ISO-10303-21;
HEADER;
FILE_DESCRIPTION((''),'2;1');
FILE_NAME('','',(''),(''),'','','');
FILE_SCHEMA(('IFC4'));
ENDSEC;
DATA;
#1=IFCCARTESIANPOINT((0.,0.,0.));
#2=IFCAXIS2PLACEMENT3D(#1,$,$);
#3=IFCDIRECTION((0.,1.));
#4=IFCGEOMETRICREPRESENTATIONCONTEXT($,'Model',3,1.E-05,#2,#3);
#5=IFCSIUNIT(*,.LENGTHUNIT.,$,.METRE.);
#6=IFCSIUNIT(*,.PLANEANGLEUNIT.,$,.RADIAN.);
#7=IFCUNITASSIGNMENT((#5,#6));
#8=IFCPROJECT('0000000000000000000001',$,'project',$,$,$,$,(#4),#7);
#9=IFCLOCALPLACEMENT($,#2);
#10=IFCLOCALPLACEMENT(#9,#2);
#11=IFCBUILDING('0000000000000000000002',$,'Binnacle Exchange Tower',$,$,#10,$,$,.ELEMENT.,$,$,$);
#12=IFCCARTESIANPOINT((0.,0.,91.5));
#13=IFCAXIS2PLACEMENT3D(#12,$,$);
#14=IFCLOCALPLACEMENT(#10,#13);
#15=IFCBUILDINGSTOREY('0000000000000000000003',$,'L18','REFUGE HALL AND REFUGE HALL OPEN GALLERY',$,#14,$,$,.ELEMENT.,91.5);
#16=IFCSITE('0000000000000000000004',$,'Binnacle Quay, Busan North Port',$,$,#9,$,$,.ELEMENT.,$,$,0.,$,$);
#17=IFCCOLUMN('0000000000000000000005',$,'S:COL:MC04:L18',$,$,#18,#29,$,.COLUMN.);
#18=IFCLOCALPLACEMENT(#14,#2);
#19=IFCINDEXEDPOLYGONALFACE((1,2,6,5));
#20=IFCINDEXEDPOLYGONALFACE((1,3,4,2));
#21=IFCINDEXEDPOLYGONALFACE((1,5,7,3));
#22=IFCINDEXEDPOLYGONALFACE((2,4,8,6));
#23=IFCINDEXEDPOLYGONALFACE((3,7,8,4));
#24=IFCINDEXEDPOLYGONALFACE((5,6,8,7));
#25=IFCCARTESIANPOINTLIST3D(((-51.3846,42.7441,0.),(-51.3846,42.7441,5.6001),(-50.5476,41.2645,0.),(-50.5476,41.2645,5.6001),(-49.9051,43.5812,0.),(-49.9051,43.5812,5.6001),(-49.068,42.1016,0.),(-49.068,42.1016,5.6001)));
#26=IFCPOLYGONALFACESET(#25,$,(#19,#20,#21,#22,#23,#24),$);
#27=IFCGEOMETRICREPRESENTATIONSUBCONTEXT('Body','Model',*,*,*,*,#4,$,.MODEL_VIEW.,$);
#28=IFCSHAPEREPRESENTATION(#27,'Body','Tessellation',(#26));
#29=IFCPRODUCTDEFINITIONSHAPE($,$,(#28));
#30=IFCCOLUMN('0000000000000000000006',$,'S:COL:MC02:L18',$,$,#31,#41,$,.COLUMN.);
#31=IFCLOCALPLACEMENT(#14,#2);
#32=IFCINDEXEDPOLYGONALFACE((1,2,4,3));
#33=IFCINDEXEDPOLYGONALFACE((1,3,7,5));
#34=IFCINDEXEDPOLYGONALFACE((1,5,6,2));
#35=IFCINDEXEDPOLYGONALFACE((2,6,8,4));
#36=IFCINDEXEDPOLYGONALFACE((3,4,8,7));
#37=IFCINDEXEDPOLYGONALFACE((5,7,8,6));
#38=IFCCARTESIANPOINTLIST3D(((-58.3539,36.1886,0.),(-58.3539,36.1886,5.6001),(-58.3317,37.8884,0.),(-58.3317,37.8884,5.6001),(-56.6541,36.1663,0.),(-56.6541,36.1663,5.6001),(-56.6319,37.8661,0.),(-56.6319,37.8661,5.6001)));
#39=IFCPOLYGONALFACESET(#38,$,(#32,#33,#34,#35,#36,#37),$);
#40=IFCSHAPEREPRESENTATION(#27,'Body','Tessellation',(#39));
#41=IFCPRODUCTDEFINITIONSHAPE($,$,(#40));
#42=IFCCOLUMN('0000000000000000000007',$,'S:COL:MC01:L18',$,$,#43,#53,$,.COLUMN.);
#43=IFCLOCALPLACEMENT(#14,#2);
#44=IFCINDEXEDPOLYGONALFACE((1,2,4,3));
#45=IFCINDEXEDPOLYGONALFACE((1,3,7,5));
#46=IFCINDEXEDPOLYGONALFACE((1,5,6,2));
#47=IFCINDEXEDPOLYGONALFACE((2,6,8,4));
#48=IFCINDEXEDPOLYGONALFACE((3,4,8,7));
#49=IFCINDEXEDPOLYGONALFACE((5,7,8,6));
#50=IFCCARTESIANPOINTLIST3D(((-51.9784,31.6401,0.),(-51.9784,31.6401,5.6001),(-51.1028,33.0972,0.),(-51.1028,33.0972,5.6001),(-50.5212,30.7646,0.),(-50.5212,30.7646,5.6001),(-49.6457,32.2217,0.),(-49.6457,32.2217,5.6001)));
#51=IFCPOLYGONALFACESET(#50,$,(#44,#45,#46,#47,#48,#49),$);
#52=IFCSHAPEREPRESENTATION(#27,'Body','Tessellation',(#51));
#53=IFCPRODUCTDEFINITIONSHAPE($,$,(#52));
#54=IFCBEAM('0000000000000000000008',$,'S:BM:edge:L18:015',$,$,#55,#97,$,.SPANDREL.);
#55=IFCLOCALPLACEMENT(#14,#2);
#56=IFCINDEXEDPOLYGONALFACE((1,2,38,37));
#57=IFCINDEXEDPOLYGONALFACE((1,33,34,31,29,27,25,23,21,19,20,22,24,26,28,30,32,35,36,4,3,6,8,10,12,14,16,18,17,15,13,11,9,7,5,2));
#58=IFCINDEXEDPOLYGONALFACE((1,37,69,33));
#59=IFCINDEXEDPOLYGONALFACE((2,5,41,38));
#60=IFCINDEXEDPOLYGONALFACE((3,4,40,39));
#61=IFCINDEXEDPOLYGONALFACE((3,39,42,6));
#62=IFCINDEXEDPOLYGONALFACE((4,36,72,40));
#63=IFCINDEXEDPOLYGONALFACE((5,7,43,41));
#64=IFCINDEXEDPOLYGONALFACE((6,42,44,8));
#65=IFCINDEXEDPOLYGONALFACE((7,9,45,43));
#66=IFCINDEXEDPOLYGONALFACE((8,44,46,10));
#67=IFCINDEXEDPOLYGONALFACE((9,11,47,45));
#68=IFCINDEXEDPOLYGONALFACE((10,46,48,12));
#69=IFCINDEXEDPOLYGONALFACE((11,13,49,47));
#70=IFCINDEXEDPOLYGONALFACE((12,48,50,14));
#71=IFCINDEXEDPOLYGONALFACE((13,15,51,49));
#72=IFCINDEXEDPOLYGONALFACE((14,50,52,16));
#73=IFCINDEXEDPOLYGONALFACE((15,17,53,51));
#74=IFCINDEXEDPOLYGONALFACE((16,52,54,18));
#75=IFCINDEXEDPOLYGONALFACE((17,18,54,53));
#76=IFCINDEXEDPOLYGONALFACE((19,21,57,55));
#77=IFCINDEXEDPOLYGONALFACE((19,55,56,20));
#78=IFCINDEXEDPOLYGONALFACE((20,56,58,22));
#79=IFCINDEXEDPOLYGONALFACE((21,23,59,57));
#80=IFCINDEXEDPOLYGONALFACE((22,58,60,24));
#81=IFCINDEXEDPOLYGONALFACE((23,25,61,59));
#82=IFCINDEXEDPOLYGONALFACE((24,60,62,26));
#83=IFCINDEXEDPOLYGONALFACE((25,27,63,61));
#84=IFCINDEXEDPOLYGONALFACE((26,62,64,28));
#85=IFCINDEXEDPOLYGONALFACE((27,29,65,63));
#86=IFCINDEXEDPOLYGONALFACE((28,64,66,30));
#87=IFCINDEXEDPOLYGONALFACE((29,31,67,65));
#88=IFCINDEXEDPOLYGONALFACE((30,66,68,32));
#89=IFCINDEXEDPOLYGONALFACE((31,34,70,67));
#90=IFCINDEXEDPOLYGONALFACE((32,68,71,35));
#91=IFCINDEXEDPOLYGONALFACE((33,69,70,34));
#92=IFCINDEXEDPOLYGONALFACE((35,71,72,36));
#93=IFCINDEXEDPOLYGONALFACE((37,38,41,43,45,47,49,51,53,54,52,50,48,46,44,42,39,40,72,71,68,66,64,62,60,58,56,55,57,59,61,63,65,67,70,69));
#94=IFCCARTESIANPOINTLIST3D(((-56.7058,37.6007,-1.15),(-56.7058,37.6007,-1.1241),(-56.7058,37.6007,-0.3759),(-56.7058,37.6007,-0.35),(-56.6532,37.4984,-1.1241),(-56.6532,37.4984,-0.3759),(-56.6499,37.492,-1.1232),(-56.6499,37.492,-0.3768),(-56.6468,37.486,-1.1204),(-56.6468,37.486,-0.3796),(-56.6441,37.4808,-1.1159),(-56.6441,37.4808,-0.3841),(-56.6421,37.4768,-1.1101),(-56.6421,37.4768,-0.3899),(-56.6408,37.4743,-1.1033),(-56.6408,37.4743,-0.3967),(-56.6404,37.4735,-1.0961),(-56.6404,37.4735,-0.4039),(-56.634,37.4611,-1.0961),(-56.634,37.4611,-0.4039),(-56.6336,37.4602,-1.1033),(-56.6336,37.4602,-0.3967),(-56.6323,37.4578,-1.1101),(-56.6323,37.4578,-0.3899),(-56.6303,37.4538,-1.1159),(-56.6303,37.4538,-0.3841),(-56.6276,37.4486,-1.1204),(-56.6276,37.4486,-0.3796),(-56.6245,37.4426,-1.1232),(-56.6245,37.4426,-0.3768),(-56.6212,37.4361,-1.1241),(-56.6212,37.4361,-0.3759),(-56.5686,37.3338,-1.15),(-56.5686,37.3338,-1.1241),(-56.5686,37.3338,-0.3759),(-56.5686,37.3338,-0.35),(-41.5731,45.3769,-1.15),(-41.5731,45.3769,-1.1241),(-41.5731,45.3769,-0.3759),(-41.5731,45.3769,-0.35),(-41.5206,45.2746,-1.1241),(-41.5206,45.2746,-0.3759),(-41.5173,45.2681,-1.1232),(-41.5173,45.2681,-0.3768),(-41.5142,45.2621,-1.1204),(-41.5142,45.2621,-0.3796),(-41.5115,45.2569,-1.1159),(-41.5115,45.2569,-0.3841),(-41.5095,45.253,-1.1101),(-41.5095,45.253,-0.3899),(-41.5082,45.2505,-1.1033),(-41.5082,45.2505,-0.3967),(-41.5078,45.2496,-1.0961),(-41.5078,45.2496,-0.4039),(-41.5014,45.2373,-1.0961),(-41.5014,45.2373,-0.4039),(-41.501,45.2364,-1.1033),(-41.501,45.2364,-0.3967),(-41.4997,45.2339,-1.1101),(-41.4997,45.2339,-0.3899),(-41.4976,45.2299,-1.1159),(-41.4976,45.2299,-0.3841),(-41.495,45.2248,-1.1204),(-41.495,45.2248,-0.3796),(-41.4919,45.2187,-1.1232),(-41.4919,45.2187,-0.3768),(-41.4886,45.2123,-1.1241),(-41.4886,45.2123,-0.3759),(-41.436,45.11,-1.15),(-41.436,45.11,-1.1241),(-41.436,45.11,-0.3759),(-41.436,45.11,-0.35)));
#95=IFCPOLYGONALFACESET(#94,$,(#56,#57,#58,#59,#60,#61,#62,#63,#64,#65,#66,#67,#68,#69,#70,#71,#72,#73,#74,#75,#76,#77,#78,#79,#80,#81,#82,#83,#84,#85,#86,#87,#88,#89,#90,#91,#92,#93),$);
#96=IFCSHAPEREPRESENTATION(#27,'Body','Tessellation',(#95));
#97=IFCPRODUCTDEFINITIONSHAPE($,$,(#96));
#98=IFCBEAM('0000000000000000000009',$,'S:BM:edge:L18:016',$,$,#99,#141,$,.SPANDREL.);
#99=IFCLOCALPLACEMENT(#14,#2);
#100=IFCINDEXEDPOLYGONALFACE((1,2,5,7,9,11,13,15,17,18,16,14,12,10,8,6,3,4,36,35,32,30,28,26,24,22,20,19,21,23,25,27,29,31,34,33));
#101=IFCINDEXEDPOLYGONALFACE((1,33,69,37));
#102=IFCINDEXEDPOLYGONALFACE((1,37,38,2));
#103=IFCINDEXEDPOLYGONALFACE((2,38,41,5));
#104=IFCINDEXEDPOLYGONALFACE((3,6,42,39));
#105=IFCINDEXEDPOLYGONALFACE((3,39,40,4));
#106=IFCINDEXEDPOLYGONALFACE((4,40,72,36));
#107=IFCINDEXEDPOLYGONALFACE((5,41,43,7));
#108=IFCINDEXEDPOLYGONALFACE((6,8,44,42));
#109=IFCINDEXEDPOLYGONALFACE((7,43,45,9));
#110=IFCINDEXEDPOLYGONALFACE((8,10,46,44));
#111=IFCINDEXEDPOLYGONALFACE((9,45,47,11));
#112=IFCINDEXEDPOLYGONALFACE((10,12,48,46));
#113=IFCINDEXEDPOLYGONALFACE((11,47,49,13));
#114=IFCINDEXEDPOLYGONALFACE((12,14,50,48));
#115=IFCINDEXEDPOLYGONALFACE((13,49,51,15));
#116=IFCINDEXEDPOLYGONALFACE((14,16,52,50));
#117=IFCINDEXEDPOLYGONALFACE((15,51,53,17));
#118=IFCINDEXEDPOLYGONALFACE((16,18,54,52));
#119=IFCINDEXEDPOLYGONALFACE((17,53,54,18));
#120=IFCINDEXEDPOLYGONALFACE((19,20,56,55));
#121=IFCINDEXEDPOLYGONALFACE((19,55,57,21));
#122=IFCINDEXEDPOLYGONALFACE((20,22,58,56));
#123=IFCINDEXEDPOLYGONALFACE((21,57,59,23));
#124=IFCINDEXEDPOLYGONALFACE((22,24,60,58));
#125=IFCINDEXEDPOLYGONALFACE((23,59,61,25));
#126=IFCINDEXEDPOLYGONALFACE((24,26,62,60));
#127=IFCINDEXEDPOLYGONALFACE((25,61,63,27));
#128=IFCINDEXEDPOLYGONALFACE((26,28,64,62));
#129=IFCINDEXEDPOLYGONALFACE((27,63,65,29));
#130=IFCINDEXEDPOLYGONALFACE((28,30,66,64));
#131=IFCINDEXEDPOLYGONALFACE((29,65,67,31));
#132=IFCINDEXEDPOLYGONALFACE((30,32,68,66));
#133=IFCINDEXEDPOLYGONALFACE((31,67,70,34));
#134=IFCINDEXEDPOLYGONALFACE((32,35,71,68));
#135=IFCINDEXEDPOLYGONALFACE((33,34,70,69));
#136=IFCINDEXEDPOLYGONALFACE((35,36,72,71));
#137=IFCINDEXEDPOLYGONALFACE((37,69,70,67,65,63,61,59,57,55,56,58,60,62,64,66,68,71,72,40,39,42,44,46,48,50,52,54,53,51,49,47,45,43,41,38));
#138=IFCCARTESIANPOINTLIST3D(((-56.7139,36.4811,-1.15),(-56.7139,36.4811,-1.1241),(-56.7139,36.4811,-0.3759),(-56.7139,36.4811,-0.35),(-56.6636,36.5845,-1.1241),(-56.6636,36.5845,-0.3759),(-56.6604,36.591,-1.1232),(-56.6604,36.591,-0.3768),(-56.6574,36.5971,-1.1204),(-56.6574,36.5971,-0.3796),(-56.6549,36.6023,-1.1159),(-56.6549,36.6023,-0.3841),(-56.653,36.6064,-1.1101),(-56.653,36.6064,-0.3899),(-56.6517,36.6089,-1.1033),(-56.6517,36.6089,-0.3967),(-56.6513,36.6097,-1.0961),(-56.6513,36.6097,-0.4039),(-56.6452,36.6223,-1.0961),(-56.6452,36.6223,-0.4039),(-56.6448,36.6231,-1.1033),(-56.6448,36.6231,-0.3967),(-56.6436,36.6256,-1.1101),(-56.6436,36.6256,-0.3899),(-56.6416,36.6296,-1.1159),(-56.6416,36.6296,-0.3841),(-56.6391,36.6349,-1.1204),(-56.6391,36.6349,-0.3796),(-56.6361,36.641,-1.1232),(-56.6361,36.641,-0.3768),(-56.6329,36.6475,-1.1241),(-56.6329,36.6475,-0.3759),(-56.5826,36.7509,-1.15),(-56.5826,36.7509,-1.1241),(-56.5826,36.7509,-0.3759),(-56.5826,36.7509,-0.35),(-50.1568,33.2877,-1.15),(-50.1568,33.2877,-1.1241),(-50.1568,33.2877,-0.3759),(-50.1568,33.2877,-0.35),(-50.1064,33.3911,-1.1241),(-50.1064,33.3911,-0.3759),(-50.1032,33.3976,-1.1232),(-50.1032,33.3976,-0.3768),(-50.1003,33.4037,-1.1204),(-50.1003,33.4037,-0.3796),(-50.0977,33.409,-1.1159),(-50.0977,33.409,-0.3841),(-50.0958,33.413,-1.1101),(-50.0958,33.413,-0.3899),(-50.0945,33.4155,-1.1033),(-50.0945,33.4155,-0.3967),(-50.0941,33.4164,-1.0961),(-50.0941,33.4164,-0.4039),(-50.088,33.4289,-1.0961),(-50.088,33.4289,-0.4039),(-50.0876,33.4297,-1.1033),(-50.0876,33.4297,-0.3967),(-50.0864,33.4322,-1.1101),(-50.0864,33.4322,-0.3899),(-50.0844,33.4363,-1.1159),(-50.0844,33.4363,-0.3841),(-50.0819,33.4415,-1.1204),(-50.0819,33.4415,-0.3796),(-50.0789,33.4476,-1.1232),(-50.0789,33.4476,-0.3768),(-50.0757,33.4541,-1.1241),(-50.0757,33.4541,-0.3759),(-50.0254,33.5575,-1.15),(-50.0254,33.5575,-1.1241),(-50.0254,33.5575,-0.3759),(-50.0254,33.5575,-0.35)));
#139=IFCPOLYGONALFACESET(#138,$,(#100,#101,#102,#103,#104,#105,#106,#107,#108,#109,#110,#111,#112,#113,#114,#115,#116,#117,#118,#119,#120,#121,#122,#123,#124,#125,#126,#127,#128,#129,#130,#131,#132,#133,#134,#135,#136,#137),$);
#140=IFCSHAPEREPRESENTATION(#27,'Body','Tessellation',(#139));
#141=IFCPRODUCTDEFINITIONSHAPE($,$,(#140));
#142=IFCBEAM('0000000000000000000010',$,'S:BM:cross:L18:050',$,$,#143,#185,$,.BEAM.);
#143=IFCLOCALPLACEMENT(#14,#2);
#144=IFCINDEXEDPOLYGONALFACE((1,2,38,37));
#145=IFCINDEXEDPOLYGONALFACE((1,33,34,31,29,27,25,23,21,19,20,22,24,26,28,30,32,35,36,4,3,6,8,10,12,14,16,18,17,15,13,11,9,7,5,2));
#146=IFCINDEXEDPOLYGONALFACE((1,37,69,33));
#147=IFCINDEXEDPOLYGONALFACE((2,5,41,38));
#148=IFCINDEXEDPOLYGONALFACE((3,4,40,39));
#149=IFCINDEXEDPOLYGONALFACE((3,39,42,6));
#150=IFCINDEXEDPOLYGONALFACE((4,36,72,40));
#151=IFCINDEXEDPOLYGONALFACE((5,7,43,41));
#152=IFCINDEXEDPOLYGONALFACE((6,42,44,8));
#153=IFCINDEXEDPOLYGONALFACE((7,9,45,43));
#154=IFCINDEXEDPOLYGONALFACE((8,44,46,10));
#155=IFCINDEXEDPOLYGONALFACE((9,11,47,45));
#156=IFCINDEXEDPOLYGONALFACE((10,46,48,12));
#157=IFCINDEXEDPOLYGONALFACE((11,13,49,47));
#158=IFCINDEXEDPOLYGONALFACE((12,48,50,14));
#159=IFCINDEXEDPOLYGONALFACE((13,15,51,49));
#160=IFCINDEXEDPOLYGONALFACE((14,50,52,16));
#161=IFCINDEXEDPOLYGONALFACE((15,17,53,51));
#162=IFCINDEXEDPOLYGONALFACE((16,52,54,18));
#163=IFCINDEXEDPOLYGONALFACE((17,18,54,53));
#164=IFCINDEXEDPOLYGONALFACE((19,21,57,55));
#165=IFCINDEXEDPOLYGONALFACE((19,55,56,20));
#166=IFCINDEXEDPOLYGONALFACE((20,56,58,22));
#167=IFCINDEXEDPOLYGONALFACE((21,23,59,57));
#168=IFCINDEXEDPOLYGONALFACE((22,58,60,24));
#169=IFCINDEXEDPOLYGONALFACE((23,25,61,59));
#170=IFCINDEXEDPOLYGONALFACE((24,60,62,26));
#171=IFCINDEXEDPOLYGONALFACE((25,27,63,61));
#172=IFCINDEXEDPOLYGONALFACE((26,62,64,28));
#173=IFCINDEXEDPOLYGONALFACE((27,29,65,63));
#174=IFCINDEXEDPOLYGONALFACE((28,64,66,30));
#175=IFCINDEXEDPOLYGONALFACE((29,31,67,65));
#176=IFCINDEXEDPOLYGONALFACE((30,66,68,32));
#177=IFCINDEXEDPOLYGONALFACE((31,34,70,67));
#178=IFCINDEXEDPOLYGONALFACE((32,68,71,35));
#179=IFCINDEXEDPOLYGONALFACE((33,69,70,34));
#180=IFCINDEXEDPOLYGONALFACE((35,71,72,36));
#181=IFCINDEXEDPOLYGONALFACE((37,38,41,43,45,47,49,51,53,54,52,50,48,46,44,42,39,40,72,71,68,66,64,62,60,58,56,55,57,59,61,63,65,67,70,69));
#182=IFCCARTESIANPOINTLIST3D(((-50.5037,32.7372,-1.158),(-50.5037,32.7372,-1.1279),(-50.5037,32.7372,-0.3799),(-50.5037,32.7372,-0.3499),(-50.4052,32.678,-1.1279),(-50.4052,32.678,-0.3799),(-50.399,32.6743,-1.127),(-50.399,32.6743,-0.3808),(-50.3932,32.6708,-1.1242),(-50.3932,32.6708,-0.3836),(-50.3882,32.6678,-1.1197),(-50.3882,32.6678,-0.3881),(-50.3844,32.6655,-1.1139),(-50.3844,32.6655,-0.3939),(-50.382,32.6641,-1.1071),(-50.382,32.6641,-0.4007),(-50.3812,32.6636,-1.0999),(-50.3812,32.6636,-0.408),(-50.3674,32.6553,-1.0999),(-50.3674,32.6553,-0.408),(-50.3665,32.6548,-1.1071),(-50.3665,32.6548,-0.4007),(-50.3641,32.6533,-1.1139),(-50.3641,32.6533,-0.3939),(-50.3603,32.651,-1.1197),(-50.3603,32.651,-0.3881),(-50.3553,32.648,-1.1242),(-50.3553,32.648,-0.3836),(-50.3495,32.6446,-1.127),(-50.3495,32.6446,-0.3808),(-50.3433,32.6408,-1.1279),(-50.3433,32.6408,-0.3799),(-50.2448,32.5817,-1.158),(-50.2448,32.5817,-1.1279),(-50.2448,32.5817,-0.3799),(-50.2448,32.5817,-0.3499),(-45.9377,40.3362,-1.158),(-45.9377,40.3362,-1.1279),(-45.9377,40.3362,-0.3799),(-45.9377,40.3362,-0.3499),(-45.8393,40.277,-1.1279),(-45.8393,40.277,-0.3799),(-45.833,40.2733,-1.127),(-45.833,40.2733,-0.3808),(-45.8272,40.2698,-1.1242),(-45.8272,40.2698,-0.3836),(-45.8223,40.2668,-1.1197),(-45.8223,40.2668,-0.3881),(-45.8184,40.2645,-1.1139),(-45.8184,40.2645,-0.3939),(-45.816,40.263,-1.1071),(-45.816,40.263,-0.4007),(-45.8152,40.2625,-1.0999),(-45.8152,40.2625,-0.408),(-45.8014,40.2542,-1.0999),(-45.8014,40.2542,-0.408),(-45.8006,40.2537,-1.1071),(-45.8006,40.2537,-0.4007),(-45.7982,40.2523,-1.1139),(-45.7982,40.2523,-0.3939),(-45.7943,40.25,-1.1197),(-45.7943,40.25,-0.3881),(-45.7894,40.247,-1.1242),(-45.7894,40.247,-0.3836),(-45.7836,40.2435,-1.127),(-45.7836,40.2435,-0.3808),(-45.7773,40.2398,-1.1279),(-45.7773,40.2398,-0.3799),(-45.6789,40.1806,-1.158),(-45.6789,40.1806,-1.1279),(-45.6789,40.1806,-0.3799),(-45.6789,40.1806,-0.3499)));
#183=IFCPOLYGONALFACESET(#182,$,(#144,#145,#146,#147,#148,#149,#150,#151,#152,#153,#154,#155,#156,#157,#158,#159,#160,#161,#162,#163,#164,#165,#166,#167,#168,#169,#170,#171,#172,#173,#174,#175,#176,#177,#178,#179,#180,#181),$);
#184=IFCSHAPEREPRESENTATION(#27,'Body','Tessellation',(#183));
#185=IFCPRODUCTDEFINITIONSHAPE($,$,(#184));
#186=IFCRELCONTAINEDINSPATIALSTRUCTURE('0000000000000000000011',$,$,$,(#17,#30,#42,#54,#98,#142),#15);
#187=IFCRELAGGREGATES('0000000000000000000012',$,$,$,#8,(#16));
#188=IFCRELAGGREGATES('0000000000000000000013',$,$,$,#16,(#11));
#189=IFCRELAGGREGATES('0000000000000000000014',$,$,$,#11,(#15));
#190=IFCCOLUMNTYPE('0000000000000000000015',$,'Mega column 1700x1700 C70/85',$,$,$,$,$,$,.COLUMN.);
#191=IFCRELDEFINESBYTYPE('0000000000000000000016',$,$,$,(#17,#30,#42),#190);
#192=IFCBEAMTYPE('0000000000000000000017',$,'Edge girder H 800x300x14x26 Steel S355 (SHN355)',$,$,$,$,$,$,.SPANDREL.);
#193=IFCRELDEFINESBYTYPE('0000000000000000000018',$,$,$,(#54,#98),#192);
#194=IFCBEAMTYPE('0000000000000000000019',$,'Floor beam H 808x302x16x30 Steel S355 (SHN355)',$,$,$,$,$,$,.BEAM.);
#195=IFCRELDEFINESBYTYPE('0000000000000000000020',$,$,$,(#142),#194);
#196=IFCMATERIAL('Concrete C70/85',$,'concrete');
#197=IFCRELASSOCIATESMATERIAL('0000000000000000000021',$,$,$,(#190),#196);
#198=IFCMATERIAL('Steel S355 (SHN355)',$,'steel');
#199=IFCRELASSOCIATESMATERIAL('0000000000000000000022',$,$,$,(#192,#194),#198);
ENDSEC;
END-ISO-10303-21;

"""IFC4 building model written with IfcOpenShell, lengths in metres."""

from ifc_helpers import new_model, si_unit, direction, frame, origin, origin_2d, place, context, subcontext, project, spatial, rectangle, i_section, extrude, material, material_profile, profile_set, type_object, element, save


model = new_model("IFC4")

# Units and contexts
model_context = context("Model", 3, precision=1e-05, world=origin(), true_north=direction((0.0, 1.0)))
body_context = subcontext(model_context, "Body", "Model", "MODEL_VIEW")
ifc_project = project(units=[si_unit("LENGTHUNIT", "METRE"), si_unit("PLANEANGLEUNIT", "RADIAN")], contexts=[model_context])

# Site, building, storey
site_placement = place(None, origin())
site = spatial("IfcSite", under=ifc_project, at=site_placement, Name="Binnacle Quay, Busan North Port", CompositionType="ELEMENT", RefElevation=0.0)
building_placement = place(site_placement, origin())
building = spatial("IfcBuilding", under=site, at=building_placement, Name="Binnacle Exchange Tower", CompositionType="ELEMENT")
storey_placement = place(building_placement, frame((0.0, 0.0, 91.5)))
storey = spatial("IfcBuildingStorey", under=building, at=storey_placement, Name="L18", Description="REFUGE HALL AND REFUGE HALL OPEN GALLERY", CompositionType="ELEMENT", Elevation=91.5)

# Columns
ifc_material_1 = material(Name="Concrete C70/85", Category="concrete")
ifc_material_profile_1 = material_profile(ifc_material_1, rectangle(XDim=1.7, YDim=1.7, at=origin_2d()), Name="Mega column 1700x1700 C70/85")
ifc_profile_set_1 = profile_set([ifc_material_profile_1], Name="Concrete C70/85")
column_type = type_object("IfcColumnType", Name="Mega column 1700x1700 C70/85", PredefinedType="COLUMN", material=ifc_profile_set_1)
for number, where, z_axis, x_axis, name in (
    (1, (-50.2263, 42.4229, 0.0), (0.0, 0.0, 1.0), (-0.870356, -0.492424, 0.0), "S:COL:MC04:L18"),
    (2, (-57.4929, 37.0273, 0.0), (0.0, 0.0, 1.0), (-0.01309, -0.999914, 0.0), "S:COL:MC02:L18"),
    (3, (-50.812, 31.9309, 0.0), (0.0, 0.0, 1.0), (0.857167, -0.515038, 0.0), "S:COL:MC01:L18"),
):
    element("IfcColumn", number, at=place(storey_placement, frame(where, z_axis=z_axis, x_axis=x_axis)), inside=storey, type_object=column_type, Name=name, PredefinedType="COLUMN", context=body_context, shape_type="SweptSolid", body=[
        extrude(rectangle(XDim=1.7, YDim=1.7, at=origin_2d()), origin(), (0.0, 0.0, 1.0), 5.6001),
    ])

# Beams
ifc_material_2 = material(Name="Steel S355 (SHN355)", Category="steel")
ifc_material_profile_2 = material_profile(ifc_material_2, i_section(OverallWidth=0.3, OverallDepth=0.8, WebThickness=0.0139, FlangeThickness=0.0259, FilletRadius=0.0281, at=origin_2d()), Name="H 800x300x14x26")
ifc_profile_set_2 = profile_set([ifc_material_profile_2], Name="Steel S355 (SHN355)")
beam_type_1 = type_object("IfcBeamType", Name="Edge girder H 800x300x14x26 Steel S355 (SHN355)", PredefinedType="SPANDREL", material=ifc_profile_set_2)
beam_1_placement = place(storey_placement, frame((-56.6372, 37.4673, -0.75), z_axis=(0.889439, 0.457053, 0.0), x_axis=(-0.457053, 0.889439, 0.0)))
element("IfcBeam", 4, at=beam_1_placement, inside=storey, type_object=beam_type_1, Name="S:BM:edge:L18:015", PredefinedType="SPANDREL", context=body_context, shape_type="SweptSolid", body=[
    extrude(i_section(OverallWidth=0.3, OverallDepth=0.8, WebThickness=0.0139, FlangeThickness=0.0259, FilletRadius=0.0281, at=origin_2d()), origin(), (0.0, 0.0, 1.0), 17.0137),
])
beam_2_placement = place(storey_placement, frame((-50.0911, 33.4226, -0.75), z_axis=(-0.899051, 0.437843, 0.0), x_axis=(-0.437843, -0.899051, 0.0)))
element("IfcBeam", 5, at=beam_2_placement, inside=storey, type_object=beam_type_1, Name="S:BM:edge:L18:016", PredefinedType="SPANDREL", context=body_context, shape_type="SweptSolid", body=[
    extrude(i_section(OverallWidth=0.3, OverallDepth=0.8, WebThickness=0.0139, FlangeThickness=0.0259, FilletRadius=0.0281, at=origin_2d()), origin(), (0.0, 0.0, 1.0), 7.2935),
])
ifc_material_profile_3 = material_profile(ifc_material_2, i_section(OverallWidth=0.302, OverallDepth=0.8081, WebThickness=0.0161, FlangeThickness=0.03, FilletRadius=0.0281, at=origin_2d()), Name="H 808x302x16x30")
ifc_profile_set_3 = profile_set([ifc_material_profile_3], Name="Steel S355 (SHN355)")
beam_type_2 = type_object("IfcBeamType", Name="Floor beam H 808x302x16x30 Steel S355 (SHN355)", PredefinedType="BEAM", material=ifc_profile_set_3)
beam_3_placement = place(storey_placement, frame((-50.3743, 32.6594, -0.7539), z_axis=(0.515042, 0.857165, 0.0), x_axis=(-0.857165, 0.515042, 0.0)))
element("IfcBeam", 6, at=beam_3_placement, inside=storey, type_object=beam_type_2, Name="S:BM:cross:L18:050", PredefinedType="BEAM", context=body_context, shape_type="SweptSolid", body=[
    extrude(i_section(OverallWidth=0.302, OverallDepth=0.8081, WebThickness=0.0161, FlangeThickness=0.03, FilletRadius=0.0281, at=origin_2d()), origin(), (0.0, 0.0, 1.0), 8.8652),
])

save(model, "model.ifc")
